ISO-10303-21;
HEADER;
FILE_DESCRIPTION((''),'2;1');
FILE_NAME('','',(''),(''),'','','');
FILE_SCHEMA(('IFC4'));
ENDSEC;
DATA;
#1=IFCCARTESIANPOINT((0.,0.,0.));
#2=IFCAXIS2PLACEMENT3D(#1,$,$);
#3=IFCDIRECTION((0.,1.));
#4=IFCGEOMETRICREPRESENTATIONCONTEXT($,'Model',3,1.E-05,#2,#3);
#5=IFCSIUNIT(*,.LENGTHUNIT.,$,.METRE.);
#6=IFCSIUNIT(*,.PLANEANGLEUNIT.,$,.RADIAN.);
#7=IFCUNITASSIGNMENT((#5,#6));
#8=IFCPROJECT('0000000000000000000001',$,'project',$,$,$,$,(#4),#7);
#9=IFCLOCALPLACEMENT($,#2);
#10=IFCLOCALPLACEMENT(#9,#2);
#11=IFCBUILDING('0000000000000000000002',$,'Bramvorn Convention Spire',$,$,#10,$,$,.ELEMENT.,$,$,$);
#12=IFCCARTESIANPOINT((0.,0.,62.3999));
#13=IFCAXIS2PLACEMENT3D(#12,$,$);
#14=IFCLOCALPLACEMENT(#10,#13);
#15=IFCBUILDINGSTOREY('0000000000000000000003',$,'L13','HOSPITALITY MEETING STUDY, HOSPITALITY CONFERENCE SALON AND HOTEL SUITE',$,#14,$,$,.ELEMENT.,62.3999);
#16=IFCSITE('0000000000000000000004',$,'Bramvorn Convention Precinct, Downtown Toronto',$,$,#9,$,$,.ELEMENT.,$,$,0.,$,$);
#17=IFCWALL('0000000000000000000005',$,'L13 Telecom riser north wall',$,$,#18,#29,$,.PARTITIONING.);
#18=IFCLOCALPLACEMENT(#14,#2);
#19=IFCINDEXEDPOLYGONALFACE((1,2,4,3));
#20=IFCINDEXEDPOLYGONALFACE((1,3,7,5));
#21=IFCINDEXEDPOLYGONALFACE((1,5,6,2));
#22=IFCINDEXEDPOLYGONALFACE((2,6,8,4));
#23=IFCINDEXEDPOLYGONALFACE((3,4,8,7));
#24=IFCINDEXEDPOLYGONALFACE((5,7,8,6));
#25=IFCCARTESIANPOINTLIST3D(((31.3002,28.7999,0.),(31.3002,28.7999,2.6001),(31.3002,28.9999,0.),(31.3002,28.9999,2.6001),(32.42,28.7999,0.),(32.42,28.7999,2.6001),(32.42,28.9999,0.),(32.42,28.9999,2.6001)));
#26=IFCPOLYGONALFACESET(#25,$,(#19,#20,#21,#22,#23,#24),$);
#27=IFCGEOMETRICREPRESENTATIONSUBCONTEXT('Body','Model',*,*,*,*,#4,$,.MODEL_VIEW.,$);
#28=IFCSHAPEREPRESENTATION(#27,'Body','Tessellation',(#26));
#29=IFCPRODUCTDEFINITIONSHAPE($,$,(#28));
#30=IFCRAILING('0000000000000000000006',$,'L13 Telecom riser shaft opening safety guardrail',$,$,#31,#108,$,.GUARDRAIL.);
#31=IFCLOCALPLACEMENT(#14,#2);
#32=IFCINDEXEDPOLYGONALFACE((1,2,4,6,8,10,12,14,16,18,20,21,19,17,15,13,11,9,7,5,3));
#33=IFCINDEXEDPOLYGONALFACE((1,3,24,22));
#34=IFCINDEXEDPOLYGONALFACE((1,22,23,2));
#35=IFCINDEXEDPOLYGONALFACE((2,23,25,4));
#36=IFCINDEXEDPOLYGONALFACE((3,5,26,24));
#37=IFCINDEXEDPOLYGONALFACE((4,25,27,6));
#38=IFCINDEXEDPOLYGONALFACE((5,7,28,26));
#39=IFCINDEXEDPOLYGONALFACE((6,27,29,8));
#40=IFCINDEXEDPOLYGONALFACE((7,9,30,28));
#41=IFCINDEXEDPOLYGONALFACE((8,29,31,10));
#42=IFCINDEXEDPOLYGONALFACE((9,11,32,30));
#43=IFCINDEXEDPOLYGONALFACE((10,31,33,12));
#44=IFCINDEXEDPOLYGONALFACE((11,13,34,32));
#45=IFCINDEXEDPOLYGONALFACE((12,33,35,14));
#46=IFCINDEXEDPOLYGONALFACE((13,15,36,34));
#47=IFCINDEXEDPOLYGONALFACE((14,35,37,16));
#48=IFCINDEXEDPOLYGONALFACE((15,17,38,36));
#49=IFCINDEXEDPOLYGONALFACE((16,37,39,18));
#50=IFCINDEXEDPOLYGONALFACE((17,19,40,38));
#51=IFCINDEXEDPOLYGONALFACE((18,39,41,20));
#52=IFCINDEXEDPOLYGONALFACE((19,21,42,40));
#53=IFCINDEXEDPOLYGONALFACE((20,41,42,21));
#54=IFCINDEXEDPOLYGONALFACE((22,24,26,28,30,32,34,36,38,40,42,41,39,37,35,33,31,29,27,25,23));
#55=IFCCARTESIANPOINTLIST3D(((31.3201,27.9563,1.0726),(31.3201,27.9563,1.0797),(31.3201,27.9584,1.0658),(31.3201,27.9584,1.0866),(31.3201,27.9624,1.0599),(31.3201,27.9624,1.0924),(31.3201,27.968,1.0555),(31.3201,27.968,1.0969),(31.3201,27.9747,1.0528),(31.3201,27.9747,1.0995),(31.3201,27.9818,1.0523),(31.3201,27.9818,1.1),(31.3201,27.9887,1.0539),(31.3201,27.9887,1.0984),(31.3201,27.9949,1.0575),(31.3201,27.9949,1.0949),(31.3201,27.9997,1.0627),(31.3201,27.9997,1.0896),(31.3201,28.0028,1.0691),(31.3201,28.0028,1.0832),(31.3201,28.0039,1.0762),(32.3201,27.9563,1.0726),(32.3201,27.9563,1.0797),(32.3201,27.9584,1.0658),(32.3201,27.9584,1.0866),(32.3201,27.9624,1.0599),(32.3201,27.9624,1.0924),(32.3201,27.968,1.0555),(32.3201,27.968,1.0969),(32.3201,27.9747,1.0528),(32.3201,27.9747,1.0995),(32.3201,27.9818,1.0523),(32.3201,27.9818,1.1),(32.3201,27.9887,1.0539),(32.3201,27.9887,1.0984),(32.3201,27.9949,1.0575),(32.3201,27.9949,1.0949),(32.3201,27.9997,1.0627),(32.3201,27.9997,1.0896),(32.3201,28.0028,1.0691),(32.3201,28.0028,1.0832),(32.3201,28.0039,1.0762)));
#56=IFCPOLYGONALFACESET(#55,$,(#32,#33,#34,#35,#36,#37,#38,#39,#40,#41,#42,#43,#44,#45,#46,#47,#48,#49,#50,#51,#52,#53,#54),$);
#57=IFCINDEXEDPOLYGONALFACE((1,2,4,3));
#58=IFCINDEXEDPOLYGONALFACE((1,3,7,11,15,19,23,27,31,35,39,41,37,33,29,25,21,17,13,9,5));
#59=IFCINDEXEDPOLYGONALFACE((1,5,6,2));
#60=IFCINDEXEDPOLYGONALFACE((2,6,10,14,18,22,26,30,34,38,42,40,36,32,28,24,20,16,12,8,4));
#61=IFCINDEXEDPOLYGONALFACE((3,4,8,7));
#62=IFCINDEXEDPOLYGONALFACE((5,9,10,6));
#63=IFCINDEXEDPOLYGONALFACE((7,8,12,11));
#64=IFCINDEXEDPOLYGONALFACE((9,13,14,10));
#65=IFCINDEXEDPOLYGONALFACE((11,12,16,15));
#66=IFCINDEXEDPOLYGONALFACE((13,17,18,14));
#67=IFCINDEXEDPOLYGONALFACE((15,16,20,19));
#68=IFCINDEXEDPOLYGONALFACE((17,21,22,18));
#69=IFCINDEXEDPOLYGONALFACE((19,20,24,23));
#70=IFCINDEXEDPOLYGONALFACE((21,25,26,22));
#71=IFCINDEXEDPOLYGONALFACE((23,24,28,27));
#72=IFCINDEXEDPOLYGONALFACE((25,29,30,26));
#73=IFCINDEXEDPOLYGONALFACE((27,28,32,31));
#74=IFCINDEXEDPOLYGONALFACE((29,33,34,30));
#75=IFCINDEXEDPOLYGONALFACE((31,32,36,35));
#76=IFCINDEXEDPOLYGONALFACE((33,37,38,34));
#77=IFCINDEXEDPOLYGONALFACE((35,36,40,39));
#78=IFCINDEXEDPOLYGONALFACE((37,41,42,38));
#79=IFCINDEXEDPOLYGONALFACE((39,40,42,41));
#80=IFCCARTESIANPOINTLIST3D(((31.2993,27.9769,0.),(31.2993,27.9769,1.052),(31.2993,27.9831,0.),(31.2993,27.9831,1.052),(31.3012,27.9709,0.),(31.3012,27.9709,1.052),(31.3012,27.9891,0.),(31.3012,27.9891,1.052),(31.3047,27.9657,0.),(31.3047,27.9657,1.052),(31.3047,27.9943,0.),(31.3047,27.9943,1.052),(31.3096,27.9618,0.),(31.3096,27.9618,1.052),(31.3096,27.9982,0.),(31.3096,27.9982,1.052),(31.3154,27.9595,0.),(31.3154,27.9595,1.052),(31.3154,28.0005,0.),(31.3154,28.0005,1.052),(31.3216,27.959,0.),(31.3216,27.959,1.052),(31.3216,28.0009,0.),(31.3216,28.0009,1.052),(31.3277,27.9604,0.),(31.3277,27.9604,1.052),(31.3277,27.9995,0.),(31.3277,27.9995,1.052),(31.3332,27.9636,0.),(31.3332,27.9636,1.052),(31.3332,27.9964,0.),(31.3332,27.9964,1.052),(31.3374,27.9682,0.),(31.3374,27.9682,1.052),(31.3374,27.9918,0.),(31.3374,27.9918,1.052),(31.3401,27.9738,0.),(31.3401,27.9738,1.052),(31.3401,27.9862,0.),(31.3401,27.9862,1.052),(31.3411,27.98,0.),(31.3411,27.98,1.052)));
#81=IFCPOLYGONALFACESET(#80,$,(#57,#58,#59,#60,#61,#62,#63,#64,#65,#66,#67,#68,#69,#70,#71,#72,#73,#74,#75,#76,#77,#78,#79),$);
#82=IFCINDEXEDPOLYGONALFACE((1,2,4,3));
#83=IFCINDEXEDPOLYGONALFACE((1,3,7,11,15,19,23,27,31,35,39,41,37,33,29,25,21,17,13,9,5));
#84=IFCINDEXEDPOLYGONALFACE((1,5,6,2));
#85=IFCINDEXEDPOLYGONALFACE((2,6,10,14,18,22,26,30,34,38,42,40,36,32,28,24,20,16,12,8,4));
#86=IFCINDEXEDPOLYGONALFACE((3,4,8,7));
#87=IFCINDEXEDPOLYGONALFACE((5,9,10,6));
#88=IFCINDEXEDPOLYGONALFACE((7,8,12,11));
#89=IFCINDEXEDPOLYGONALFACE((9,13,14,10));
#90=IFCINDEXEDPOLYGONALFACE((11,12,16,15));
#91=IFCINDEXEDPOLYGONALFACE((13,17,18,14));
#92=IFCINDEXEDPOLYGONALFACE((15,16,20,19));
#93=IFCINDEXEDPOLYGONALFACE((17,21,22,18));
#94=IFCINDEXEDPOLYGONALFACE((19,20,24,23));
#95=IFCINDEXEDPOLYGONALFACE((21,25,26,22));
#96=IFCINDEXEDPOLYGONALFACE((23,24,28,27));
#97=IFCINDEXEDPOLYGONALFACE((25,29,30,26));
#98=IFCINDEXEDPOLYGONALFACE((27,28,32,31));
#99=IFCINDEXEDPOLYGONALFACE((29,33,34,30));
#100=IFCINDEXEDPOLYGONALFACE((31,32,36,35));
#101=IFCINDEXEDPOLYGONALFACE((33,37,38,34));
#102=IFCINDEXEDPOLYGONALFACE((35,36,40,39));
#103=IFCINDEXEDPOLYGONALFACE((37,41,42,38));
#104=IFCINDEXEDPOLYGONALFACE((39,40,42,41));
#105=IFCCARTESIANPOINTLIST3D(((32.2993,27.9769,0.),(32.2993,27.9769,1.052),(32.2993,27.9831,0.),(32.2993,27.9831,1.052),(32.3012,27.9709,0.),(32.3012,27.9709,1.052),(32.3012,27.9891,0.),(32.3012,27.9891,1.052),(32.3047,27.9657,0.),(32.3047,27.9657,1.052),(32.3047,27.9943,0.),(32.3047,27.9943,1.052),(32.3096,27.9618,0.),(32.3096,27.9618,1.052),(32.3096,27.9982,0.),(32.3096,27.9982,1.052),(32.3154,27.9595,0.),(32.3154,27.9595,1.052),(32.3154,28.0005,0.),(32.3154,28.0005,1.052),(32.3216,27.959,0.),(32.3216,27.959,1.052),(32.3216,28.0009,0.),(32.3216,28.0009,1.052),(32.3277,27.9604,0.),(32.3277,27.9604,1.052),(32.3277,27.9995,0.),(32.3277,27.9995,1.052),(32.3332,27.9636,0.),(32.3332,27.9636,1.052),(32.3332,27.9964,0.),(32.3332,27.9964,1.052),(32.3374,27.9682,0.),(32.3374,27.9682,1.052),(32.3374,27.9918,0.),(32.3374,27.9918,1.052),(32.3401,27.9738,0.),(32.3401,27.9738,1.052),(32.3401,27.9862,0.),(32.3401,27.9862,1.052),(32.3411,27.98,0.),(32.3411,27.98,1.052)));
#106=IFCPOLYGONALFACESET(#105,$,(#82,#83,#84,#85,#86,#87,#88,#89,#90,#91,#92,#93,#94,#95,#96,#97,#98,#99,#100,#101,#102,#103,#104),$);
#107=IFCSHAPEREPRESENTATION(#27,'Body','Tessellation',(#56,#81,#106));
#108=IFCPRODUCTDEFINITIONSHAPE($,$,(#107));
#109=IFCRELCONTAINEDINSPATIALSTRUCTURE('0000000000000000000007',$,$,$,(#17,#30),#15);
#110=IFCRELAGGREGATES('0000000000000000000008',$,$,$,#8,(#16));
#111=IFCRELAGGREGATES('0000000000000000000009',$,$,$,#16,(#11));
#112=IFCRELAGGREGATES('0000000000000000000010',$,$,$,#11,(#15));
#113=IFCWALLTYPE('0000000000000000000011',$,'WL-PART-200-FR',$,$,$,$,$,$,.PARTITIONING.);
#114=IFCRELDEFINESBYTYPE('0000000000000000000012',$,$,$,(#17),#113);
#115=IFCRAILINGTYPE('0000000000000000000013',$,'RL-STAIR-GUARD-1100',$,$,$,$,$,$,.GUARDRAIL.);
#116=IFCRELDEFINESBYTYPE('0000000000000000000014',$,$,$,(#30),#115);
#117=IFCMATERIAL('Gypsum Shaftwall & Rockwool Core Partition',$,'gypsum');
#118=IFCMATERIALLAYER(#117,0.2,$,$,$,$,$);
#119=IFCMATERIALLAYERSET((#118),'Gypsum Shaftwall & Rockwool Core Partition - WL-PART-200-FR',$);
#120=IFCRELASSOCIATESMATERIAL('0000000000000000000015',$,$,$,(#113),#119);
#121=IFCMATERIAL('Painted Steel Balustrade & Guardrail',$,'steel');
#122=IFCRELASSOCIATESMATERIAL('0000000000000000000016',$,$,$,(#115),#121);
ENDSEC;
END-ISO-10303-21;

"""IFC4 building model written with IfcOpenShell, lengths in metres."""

from ifc_helpers import new_model, si_unit, direction, frame, frame_2d, origin, origin_2d, place, context, subcontext, project, spatial, rectangle, circle, extrude, material, layer, layer_set, type_object, element, save


model = new_model("IFC4")

# Units and contexts
model_context = context("Model", 3, precision=1e-05, world=origin(), true_north=direction((0.0, 1.0)))
body_context = subcontext(model_context, "Body", "Model", "MODEL_VIEW")
ifc_project = project(units=[si_unit("LENGTHUNIT", "METRE"), si_unit("PLANEANGLEUNIT", "RADIAN")], contexts=[model_context])

# Site, building, storey
site_placement = place(None, origin())
site = spatial("IfcSite", under=ifc_project, at=site_placement, Name="Bramvorn Convention Precinct, Downtown Toronto", CompositionType="ELEMENT", RefElevation=0.0)
building_placement = place(site_placement, origin())
building = spatial("IfcBuilding", under=site, at=building_placement, Name="Bramvorn Convention Spire", CompositionType="ELEMENT")
storey_placement = place(building_placement, frame((0.0, 0.0, 62.3999)))
storey = spatial("IfcBuildingStorey", under=building, at=storey_placement, Name="L13", Description="HOSPITALITY MEETING STUDY, HOSPITALITY CONFERENCE SALON AND HOTEL SUITE", CompositionType="ELEMENT", Elevation=62.3999)

# Shared definitions
ifc_material_1 = material(Name="Gypsum Shaftwall & Rockwool Core Partition", Category="gypsum")
ifc_layer_1 = layer(ifc_material_1, 0.2)
ifc_layer_set_1 = layer_set([ifc_layer_1], Name="Gypsum Shaftwall & Rockwool Core Partition - WL-PART-200-FR")
wall_type_1 = type_object("IfcWallType", Name="WL-PART-200-FR", PredefinedType="PARTITIONING", material=ifc_layer_set_1)

# Wall
wall_1_placement = place(storey_placement, frame((31.3, 28.8999, 0.0), z_axis=(0.0, 0.0, 1.0), x_axis=(1.0, 0.0, 0.0)))
element("IfcWall", 1, at=wall_1_placement, inside=storey, type_object=wall_type_1, Name="L13 Telecom riser north wall", PredefinedType="PARTITIONING", context=body_context, shape_type="SweptSolid", body=[
    extrude(rectangle(XDim=1.1199, YDim=0.2, at=frame_2d((0.5601, 0.0))), origin(), (0.0, 0.0, 1.0), 2.6001),
])

# Railing
ifc_material_2 = material(Name="Painted Steel Balustrade & Guardrail", Category="steel")
railing_type = type_object("IfcRailingType", Name="RL-STAIR-GUARD-1100", PredefinedType="GUARDRAIL", material=ifc_material_2)
railing_placement = place(storey_placement, frame((31.3201, 27.98, 0.0)))
element("IfcRailing", 2, at=railing_placement, inside=storey, type_object=railing_type, Name="L13 Telecom riser shaft opening safety guardrail", PredefinedType="GUARDRAIL", context=body_context, shape_type="SweptSolid", body=[
    extrude(circle(Radius=0.0239, at=origin_2d()), frame((0.0, 0.0, 1.0762), z_axis=(1.0, 0.0, 0.0), x_axis=(0.0, 1.0, 0.0)), (0.0, 0.0, 1.0), 1.0),
    extrude(circle(Radius=0.021, at=origin_2d()), origin(), (0.0, 0.0, 1.0), 1.052),
    extrude(circle(Radius=0.021, at=origin_2d()), frame((1.0, 0.0, 0.0)), (0.0, 0.0, 1.0), 1.052),
])

save(model, "model.ifc")
